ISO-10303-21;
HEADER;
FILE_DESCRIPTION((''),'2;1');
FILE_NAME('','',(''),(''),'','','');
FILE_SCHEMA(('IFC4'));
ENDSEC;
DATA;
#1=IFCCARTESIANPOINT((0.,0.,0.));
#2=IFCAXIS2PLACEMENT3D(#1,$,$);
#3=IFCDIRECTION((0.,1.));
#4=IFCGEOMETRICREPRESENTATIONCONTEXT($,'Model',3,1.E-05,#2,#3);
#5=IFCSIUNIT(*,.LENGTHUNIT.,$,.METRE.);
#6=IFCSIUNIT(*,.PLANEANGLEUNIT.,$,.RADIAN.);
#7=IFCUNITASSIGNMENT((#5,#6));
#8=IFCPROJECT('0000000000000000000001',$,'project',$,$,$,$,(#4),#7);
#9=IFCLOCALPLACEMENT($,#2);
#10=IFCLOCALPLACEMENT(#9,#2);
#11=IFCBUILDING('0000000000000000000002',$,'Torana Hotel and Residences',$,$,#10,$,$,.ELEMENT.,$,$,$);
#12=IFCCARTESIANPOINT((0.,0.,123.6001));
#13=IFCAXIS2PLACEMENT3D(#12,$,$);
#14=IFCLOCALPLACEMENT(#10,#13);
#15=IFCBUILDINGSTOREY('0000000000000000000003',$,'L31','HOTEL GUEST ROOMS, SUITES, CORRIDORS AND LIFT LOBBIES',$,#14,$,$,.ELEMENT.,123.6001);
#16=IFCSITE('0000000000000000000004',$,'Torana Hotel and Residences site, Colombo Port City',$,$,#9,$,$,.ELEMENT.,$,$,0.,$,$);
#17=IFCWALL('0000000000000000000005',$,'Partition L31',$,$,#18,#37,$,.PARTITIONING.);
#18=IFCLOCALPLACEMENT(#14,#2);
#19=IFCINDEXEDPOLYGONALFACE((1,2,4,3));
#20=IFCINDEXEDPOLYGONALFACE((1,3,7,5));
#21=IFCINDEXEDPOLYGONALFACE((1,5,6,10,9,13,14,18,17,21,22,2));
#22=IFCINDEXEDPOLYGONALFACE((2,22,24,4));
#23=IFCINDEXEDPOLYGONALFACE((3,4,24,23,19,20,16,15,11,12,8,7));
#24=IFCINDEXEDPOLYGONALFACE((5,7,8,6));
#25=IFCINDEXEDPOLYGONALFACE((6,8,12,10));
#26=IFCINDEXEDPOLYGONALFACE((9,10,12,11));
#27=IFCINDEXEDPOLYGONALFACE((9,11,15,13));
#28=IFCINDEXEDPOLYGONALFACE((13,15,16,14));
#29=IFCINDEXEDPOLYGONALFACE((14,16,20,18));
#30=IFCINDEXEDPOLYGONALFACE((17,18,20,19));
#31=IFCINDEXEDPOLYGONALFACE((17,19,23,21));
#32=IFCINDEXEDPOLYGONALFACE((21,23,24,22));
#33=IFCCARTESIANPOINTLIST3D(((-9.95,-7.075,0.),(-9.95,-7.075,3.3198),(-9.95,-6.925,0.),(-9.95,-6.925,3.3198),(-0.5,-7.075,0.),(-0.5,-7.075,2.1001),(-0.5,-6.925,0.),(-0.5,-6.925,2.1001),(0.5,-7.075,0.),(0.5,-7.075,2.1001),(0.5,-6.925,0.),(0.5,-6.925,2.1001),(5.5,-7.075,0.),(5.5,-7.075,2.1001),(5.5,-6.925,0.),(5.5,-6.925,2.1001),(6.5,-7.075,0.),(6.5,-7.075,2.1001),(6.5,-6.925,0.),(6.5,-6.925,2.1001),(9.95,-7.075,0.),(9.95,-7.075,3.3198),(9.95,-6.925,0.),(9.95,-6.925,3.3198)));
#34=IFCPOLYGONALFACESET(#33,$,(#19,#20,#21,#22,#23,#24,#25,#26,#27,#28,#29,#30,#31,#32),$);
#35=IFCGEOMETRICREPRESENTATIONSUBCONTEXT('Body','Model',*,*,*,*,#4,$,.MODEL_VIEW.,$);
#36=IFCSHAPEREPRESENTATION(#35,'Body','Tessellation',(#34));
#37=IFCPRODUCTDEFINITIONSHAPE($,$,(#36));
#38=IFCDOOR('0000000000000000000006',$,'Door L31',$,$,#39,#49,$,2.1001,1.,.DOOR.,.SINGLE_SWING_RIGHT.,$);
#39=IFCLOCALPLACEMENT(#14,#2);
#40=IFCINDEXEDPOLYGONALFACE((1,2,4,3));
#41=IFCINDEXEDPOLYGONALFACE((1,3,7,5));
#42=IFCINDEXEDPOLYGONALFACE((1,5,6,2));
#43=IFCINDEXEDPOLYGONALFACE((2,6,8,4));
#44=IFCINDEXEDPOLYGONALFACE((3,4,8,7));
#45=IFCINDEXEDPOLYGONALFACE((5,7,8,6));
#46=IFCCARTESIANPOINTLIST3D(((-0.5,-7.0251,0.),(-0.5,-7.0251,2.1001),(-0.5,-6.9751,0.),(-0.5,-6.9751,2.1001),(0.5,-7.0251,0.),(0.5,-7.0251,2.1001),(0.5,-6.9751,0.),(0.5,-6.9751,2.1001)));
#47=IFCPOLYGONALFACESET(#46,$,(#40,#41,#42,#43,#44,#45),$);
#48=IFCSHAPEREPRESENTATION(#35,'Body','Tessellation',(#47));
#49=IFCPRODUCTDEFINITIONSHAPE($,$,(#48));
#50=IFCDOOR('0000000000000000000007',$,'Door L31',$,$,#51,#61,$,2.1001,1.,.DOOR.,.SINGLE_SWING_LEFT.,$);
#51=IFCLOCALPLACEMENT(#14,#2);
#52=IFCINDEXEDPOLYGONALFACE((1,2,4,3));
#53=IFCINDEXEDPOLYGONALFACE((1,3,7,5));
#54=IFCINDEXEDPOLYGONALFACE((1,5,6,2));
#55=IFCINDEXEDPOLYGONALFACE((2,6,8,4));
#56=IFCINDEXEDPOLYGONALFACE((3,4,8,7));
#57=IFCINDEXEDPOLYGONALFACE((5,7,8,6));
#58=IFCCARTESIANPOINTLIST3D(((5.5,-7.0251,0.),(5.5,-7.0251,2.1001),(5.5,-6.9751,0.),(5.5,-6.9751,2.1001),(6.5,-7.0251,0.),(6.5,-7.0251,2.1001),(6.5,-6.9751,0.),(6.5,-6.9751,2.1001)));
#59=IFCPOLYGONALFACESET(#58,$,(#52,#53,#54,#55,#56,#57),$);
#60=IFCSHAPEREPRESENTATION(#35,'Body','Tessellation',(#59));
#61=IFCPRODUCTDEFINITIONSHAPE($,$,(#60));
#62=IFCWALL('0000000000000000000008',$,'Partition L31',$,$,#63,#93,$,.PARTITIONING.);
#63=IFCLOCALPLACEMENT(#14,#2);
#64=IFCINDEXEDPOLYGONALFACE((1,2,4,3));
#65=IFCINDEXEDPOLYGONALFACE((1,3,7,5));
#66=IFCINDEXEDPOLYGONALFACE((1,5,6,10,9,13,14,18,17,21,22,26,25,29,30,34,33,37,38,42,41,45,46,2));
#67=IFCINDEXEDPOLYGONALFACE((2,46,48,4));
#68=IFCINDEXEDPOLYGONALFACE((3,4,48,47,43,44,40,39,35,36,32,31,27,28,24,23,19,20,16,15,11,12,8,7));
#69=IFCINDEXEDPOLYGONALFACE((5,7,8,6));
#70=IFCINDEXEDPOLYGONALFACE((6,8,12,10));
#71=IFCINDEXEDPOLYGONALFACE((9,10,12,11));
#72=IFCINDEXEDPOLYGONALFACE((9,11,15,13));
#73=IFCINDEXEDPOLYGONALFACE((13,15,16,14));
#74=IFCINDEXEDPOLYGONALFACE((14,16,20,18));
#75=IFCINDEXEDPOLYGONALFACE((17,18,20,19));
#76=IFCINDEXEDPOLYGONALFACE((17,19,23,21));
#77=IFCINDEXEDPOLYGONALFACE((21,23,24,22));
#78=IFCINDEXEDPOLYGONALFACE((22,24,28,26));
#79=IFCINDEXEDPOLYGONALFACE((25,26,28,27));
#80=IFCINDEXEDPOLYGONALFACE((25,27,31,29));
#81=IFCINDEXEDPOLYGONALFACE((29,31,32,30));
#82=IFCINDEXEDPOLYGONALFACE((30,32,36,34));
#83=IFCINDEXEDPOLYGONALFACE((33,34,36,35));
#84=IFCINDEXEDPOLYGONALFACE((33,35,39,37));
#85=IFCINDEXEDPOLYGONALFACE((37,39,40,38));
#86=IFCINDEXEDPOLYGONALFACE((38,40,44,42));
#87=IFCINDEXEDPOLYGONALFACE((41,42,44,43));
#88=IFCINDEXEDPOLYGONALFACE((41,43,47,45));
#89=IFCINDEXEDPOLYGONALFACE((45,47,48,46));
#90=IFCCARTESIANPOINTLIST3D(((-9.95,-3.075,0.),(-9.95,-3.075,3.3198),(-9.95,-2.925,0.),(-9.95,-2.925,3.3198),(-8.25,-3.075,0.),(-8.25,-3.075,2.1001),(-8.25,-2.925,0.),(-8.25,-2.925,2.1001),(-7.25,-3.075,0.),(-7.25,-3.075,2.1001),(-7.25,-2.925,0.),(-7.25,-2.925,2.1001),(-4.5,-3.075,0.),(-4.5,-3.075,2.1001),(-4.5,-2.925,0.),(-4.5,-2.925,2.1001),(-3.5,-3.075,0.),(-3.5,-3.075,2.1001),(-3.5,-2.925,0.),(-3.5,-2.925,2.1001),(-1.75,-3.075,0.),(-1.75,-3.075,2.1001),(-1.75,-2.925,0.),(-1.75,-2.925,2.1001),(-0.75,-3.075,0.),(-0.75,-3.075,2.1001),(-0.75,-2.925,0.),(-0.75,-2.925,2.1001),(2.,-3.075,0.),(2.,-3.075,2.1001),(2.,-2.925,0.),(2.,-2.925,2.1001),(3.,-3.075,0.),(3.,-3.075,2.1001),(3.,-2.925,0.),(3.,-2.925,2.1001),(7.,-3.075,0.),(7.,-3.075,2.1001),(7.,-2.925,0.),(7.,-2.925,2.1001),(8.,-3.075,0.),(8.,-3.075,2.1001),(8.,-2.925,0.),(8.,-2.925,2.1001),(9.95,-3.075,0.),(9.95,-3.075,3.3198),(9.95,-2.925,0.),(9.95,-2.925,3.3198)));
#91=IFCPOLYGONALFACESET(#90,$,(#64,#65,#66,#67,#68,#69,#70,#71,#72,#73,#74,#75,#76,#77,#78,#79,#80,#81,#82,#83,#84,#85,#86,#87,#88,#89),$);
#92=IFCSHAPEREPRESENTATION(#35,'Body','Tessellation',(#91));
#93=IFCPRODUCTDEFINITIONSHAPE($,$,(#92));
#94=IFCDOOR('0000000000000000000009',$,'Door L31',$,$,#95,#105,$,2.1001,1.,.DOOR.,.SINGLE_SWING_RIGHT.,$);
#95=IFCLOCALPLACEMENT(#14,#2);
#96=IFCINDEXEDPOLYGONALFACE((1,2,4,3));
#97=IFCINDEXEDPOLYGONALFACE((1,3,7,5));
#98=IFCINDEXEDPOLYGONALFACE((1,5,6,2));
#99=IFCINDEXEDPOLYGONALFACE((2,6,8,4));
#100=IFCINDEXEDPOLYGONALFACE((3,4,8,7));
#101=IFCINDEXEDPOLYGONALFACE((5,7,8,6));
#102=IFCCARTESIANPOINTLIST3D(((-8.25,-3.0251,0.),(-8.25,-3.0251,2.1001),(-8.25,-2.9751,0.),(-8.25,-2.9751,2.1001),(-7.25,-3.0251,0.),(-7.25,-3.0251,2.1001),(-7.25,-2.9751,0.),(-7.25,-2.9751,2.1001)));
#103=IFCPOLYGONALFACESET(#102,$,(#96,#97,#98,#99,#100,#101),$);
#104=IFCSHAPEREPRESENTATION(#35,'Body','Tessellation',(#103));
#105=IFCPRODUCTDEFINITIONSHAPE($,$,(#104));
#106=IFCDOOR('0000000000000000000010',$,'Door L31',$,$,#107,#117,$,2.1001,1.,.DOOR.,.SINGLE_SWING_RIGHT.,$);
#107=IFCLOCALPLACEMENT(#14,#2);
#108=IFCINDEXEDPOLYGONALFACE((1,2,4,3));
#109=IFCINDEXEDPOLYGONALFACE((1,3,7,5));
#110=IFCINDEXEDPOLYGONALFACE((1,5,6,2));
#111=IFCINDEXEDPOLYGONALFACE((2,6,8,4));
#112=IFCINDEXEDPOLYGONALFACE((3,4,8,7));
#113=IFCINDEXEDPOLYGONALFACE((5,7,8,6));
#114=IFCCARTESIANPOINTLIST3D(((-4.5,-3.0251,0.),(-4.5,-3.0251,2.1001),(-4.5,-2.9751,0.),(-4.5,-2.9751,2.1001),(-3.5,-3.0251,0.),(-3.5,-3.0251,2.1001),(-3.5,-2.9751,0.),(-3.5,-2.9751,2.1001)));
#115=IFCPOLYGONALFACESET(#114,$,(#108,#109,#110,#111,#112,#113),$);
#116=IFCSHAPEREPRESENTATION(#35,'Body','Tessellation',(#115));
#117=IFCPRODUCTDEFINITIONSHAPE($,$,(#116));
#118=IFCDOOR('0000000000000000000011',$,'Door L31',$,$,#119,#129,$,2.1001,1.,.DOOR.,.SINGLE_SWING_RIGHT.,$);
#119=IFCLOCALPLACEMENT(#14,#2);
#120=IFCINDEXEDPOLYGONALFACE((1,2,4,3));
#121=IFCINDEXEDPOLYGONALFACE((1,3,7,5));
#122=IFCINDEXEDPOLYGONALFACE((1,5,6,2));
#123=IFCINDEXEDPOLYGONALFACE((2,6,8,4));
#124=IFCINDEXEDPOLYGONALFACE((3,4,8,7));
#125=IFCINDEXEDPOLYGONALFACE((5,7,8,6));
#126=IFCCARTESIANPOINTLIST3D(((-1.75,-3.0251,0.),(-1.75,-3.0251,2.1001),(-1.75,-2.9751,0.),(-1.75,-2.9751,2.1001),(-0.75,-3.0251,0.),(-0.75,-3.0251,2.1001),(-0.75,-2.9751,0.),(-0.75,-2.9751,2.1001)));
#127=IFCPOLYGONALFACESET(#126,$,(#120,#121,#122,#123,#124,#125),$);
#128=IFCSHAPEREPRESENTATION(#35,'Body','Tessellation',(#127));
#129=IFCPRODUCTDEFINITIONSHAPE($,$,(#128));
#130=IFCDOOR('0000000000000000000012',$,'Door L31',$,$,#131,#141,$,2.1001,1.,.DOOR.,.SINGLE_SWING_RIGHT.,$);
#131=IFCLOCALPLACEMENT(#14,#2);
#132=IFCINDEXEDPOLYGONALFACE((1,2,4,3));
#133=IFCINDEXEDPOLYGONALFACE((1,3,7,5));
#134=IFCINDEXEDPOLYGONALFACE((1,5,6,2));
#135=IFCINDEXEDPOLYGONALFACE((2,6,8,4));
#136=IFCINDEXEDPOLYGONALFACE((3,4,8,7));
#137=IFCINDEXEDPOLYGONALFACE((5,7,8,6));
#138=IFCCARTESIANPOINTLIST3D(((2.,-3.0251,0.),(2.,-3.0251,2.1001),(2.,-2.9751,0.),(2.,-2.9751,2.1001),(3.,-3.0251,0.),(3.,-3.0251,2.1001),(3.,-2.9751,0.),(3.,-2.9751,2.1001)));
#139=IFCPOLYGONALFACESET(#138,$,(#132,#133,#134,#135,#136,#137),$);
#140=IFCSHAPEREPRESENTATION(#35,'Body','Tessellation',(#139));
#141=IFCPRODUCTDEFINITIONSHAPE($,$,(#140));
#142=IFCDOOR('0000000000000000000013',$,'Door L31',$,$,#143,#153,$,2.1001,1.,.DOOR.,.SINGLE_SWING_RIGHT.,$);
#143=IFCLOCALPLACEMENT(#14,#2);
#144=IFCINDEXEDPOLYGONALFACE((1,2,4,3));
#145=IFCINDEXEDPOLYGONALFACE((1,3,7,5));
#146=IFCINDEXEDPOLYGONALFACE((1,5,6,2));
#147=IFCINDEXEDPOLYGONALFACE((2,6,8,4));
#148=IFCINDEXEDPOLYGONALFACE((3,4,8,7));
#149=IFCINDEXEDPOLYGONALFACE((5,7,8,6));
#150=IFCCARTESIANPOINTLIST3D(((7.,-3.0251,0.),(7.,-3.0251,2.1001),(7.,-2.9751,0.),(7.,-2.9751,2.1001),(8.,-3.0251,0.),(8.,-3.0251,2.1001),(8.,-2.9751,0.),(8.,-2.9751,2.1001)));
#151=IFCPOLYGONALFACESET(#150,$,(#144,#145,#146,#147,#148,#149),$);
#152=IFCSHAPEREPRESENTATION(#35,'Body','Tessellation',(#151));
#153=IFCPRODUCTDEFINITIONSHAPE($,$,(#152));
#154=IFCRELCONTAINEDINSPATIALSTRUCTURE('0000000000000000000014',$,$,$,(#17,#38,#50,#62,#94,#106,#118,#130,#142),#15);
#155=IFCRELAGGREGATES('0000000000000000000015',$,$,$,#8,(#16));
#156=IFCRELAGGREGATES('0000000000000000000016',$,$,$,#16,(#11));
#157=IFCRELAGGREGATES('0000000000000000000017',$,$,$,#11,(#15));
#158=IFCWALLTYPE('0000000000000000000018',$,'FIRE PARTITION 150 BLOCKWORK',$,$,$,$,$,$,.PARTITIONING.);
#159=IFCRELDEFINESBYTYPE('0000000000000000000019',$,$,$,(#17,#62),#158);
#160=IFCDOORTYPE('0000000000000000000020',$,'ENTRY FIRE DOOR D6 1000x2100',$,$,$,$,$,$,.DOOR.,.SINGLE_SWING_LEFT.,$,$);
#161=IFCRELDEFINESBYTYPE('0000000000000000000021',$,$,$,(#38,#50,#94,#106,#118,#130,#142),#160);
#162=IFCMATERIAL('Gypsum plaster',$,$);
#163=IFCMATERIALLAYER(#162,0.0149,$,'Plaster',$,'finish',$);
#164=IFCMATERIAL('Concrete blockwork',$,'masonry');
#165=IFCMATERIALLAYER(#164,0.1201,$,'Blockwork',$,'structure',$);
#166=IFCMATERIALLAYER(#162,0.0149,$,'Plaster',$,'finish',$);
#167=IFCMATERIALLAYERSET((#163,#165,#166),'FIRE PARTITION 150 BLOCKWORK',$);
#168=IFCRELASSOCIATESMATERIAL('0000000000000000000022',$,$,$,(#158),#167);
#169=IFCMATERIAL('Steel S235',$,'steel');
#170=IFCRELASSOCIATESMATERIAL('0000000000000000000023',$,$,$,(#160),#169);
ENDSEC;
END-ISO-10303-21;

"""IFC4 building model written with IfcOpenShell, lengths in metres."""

from ifc_helpers import new_model, si_unit, direction, frame, frame_2d, origin, place, context, subcontext, project, spatial, rectangle, extrude, material, layer, layer_set, type_object, element, fill, save


model = new_model("IFC4")

# Units and contexts
model_context = context("Model", 3, precision=1e-05, world=origin(), true_north=direction((0.0, 1.0)))
body_context = subcontext(model_context, "Body", "Model", "MODEL_VIEW")
ifc_project = project(units=[si_unit("LENGTHUNIT", "METRE"), si_unit("PLANEANGLEUNIT", "RADIAN")], contexts=[model_context])

# Site, building, storey
site_placement = place(None, origin())
site = spatial("IfcSite", under=ifc_project, at=site_placement, Name="Torana Hotel and Residences site, Colombo Port City", CompositionType="ELEMENT", RefElevation=0.0)
building_placement = place(site_placement, origin())
building = spatial("IfcBuilding", under=site, at=building_placement, Name="Torana Hotel and Residences", CompositionType="ELEMENT")
storey_placement = place(building_placement, frame((0.0, 0.0, 123.6001)))
storey = spatial("IfcBuildingStorey", under=building, at=storey_placement, Name="L31", Description="HOTEL GUEST ROOMS, SUITES, CORRIDORS AND LIFT LOBBIES", CompositionType="ELEMENT", Elevation=123.6001)

# Walls, openings, doors
ifc_material_1 = material(Name="Gypsum plaster")
ifc_layer_1 = layer(ifc_material_1, 0.0149, Name="Plaster", Category="finish")
ifc_material_2 = material(Name="Concrete blockwork", Category="masonry")
ifc_layer_2 = layer(ifc_material_2, 0.1201, Name="Blockwork", Category="structure")
ifc_layer_3 = layer(ifc_material_1, 0.0149, Name="Plaster", Category="finish")
ifc_layer_set_1 = layer_set([ifc_layer_1, ifc_layer_2, ifc_layer_3], Name="FIRE PARTITION 150 BLOCKWORK")
wall_type_1 = type_object("IfcWallType", Name="FIRE PARTITION 150 BLOCKWORK", PredefinedType="PARTITIONING", material=ifc_layer_set_1)
wall_1_placement = place(storey_placement, frame((-9.95, -7.0, 0.0), z_axis=(0.0, 0.0, 1.0), x_axis=(1.0, 0.0, 0.0)))
wall_1 = element("IfcWall", 1, at=wall_1_placement, inside=storey, type_object=wall_type_1, Name="Partition L31", PredefinedType="PARTITIONING", context=body_context, shape_type="SweptSolid", body=[
    extrude(rectangle(XDim=19.8999, YDim=0.1499, at=frame_2d((9.95, 0.0))), origin(), (0.0, 0.0, 1.0), 3.3198),
])
opening_1_placement = place(wall_1_placement, frame((9.45, 0.0, 0.0)))
opening_1 = element("IfcOpeningElement", 2, at=opening_1_placement, cuts=wall_1, PredefinedType="OPENING", context=body_context, shape_type="SweptSolid", body=[
    extrude(rectangle(XDim=1.0, YDim=2.1001, at=frame_2d((0.5, 1.05))), frame((0.0, 0.085, 0.0), z_axis=(0.0, -1.0, 0.0), x_axis=(1.0, 0.0, 0.0)), (0.0, 0.0, 1.0), 0.1699),
])
opening_2_placement = place(wall_1_placement, frame((15.45, 0.0, 0.0)))
opening_2 = element("IfcOpeningElement", 3, at=opening_2_placement, cuts=wall_1, PredefinedType="OPENING", context=body_context, shape_type="SweptSolid", body=[
    extrude(rectangle(XDim=1.0, YDim=2.1001, at=frame_2d((0.5, 1.05))), frame((0.0, 0.085, 0.0), z_axis=(0.0, -1.0, 0.0), x_axis=(1.0, 0.0, 0.0)), (0.0, 0.0, 1.0), 0.1699),
])
ifc_material_3 = material(Name="Steel S235", Category="steel")
door_type = type_object("IfcDoorType", Name="ENTRY FIRE DOOR D6 1000x2100", OperationType="SINGLE_SWING_LEFT", PredefinedType="DOOR", material=ifc_material_3)
door_1_placement = place(opening_1_placement, origin())
door_1 = element("IfcDoor", 4, at=door_1_placement, inside=storey, type_object=door_type, Name="Door L31", OperationType="SINGLE_SWING_RIGHT", OverallHeight=2.1001, OverallWidth=1.0, PredefinedType="DOOR", context=body_context, shape_type="SweptSolid", body=[
    extrude(rectangle(XDim=1.0, YDim=2.1001, at=frame_2d((0.5, 1.05))), frame((0.0, 0.0249, 0.0), z_axis=(0.0, -1.0, 0.0), x_axis=(1.0, 0.0, 0.0)), (0.0, 0.0, 1.0), 0.05),
])
fill(opening_1, door_1)
door_2_placement = place(opening_2_placement, frame((0.5, 0.0, 0.0), z_axis=(0.0, 0.0, 1.0), x_axis=(-1.0, 0.0, 0.0)))
door_2 = element("IfcDoor", 5, at=door_2_placement, inside=storey, type_object=door_type, Name="Door L31", OperationType="SINGLE_SWING_LEFT", OverallHeight=2.1001, OverallWidth=1.0, PredefinedType="DOOR", context=body_context, shape_type="SweptSolid", body=[
    extrude(rectangle(XDim=1.0, YDim=2.1001, at=frame_2d((0.0, 1.05))), frame((0.0, -0.0249, 0.0), z_axis=(0.0, 1.0, 0.0), x_axis=(-1.0, 0.0, 0.0)), (0.0, 0.0, 1.0), 0.05),
])
fill(opening_2, door_2)
wall_2_placement = place(storey_placement, frame((-9.95, -3.0, 0.0), z_axis=(0.0, 0.0, 1.0), x_axis=(1.0, 0.0, 0.0)))
wall_2 = element("IfcWall", 6, at=wall_2_placement, inside=storey, type_object=wall_type_1, Name="Partition L31", PredefinedType="PARTITIONING", context=body_context, shape_type="SweptSolid", body=[
    extrude(rectangle(XDim=19.8999, YDim=0.1499, at=frame_2d((9.95, 0.0))), origin(), (0.0, 0.0, 1.0), 3.3198),
])
opening_3_placement = place(wall_2_placement, frame((1.7, 0.0, 0.0)))
opening_3 = element("IfcOpeningElement", 7, at=opening_3_placement, cuts=wall_2, PredefinedType="OPENING", context=body_context, shape_type="SweptSolid", body=[
    extrude(rectangle(XDim=1.0, YDim=2.1001, at=frame_2d((0.5, 1.05))), frame((0.0, 0.085, 0.0), z_axis=(0.0, -1.0, 0.0), x_axis=(1.0, 0.0, 0.0)), (0.0, 0.0, 1.0), 0.1699),
])
opening_4_placement = place(wall_2_placement, frame((5.45, 0.0, 0.0)))
opening_4 = element("IfcOpeningElement", 8, at=opening_4_placement, cuts=wall_2, PredefinedType="OPENING", context=body_context, shape_type="SweptSolid", body=[
    extrude(rectangle(XDim=1.0, YDim=2.1001, at=frame_2d((0.5, 1.05))), frame((0.0, 0.085, 0.0), z_axis=(0.0, -1.0, 0.0), x_axis=(1.0, 0.0, 0.0)), (0.0, 0.0, 1.0), 0.1699),
])
opening_5_placement = place(wall_2_placement, frame((8.2, 0.0, 0.0)))
opening_5 = element("IfcOpeningElement", 9, at=opening_5_placement, cuts=wall_2, PredefinedType="OPENING", context=body_context, shape_type="SweptSolid", body=[
    extrude(rectangle(XDim=1.0, YDim=2.1001, at=frame_2d((0.5, 1.05))), frame((0.0, 0.085, 0.0), z_axis=(0.0, -1.0, 0.0), x_axis=(1.0, 0.0, 0.0)), (0.0, 0.0, 1.0), 0.1699),
])
opening_6_placement = place(wall_2_placement, frame((11.95, 0.0, 0.0)))
opening_6 = element("IfcOpeningElement", 10, at=opening_6_placement, cuts=wall_2, PredefinedType="OPENING", context=body_context, shape_type="SweptSolid", body=[
    extrude(rectangle(XDim=1.0, YDim=2.1001, at=frame_2d((0.5, 1.05))), frame((0.0, 0.085, 0.0), z_axis=(0.0, -1.0, 0.0), x_axis=(1.0, 0.0, 0.0)), (0.0, 0.0, 1.0), 0.1699),
])
opening_7_placement = place(wall_2_placement, frame((16.95, 0.0, 0.0)))
opening_7 = element("IfcOpeningElement", 11, at=opening_7_placement, cuts=wall_2, PredefinedType="OPENING", context=body_context, shape_type="SweptSolid", body=[
    extrude(rectangle(XDim=1.0, YDim=2.1001, at=frame_2d((0.5, 1.05))), frame((0.0, 0.085, 0.0), z_axis=(0.0, -1.0, 0.0), x_axis=(1.0, 0.0, 0.0)), (0.0, 0.0, 1.0), 0.1699),
])
door_3_placement = place(opening_3_placement, origin())
door_3 = element("IfcDoor", 12, at=door_3_placement, inside=storey, type_object=door_type, Name="Door L31", OperationType="SINGLE_SWING_RIGHT", OverallHeight=2.1001, OverallWidth=1.0, PredefinedType="DOOR", context=body_context, shape_type="SweptSolid", body=[
    extrude(rectangle(XDim=1.0, YDim=2.1001, at=frame_2d((0.5, 1.05))), frame((0.0, 0.0249, 0.0), z_axis=(0.0, -1.0, 0.0), x_axis=(1.0, 0.0, 0.0)), (0.0, 0.0, 1.0), 0.05),
])
fill(opening_3, door_3)
door_4_placement = place(opening_4_placement, origin())
door_4 = element("IfcDoor", 13, at=door_4_placement, inside=storey, type_object=door_type, Name="Door L31", OperationType="SINGLE_SWING_RIGHT", OverallHeight=2.1001, OverallWidth=1.0, PredefinedType="DOOR", context=body_context, shape_type="SweptSolid", body=[
    extrude(rectangle(XDim=1.0, YDim=2.1001, at=frame_2d((0.5, 1.05))), frame((0.0, 0.0249, 0.0), z_axis=(0.0, -1.0, 0.0), x_axis=(1.0, 0.0, 0.0)), (0.0, 0.0, 1.0), 0.05),
])
fill(opening_4, door_4)
door_5_placement = place(opening_5_placement, origin())
door_5 = element("IfcDoor", 14, at=door_5_placement, inside=storey, type_object=door_type, Name="Door L31", OperationType="SINGLE_SWING_RIGHT", OverallHeight=2.1001, OverallWidth=1.0, PredefinedType="DOOR", context=body_context, shape_type="SweptSolid", body=[
    extrude(rectangle(XDim=1.0, YDim=2.1001, at=frame_2d((0.5, 1.05))), frame((0.0, 0.0249, 0.0), z_axis=(0.0, -1.0, 0.0), x_axis=(1.0, 0.0, 0.0)), (0.0, 0.0, 1.0), 0.05),
])
fill(opening_5, door_5)
door_6_placement = place(opening_6_placement, origin())
door_6 = element("IfcDoor", 15, at=door_6_placement, inside=storey, type_object=door_type, Name="Door L31", OperationType="SINGLE_SWING_RIGHT", OverallHeight=2.1001, OverallWidth=1.0, PredefinedType="DOOR", context=body_context, shape_type="SweptSolid", body=[
    extrude(rectangle(XDim=1.0, YDim=2.1001, at=frame_2d((0.5, 1.05))), frame((0.0, 0.0249, 0.0), z_axis=(0.0, -1.0, 0.0), x_axis=(1.0, 0.0, 0.0)), (0.0, 0.0, 1.0), 0.05),
])
fill(opening_6, door_6)
door_7_placement = place(opening_7_placement, origin())
door_7 = element("IfcDoor", 16, at=door_7_placement, inside=storey, type_object=door_type, Name="Door L31", OperationType="SINGLE_SWING_RIGHT", OverallHeight=2.1001, OverallWidth=1.0, PredefinedType="DOOR", context=body_context, shape_type="SweptSolid", body=[
    extrude(rectangle(XDim=1.0, YDim=2.1001, at=frame_2d((0.5, 1.05))), frame((0.0, 0.0249, 0.0), z_axis=(0.0, -1.0, 0.0), x_axis=(1.0, 0.0, 0.0)), (0.0, 0.0, 1.0), 0.05),
])
fill(opening_7, door_7)

save(model, "model.ifc")
